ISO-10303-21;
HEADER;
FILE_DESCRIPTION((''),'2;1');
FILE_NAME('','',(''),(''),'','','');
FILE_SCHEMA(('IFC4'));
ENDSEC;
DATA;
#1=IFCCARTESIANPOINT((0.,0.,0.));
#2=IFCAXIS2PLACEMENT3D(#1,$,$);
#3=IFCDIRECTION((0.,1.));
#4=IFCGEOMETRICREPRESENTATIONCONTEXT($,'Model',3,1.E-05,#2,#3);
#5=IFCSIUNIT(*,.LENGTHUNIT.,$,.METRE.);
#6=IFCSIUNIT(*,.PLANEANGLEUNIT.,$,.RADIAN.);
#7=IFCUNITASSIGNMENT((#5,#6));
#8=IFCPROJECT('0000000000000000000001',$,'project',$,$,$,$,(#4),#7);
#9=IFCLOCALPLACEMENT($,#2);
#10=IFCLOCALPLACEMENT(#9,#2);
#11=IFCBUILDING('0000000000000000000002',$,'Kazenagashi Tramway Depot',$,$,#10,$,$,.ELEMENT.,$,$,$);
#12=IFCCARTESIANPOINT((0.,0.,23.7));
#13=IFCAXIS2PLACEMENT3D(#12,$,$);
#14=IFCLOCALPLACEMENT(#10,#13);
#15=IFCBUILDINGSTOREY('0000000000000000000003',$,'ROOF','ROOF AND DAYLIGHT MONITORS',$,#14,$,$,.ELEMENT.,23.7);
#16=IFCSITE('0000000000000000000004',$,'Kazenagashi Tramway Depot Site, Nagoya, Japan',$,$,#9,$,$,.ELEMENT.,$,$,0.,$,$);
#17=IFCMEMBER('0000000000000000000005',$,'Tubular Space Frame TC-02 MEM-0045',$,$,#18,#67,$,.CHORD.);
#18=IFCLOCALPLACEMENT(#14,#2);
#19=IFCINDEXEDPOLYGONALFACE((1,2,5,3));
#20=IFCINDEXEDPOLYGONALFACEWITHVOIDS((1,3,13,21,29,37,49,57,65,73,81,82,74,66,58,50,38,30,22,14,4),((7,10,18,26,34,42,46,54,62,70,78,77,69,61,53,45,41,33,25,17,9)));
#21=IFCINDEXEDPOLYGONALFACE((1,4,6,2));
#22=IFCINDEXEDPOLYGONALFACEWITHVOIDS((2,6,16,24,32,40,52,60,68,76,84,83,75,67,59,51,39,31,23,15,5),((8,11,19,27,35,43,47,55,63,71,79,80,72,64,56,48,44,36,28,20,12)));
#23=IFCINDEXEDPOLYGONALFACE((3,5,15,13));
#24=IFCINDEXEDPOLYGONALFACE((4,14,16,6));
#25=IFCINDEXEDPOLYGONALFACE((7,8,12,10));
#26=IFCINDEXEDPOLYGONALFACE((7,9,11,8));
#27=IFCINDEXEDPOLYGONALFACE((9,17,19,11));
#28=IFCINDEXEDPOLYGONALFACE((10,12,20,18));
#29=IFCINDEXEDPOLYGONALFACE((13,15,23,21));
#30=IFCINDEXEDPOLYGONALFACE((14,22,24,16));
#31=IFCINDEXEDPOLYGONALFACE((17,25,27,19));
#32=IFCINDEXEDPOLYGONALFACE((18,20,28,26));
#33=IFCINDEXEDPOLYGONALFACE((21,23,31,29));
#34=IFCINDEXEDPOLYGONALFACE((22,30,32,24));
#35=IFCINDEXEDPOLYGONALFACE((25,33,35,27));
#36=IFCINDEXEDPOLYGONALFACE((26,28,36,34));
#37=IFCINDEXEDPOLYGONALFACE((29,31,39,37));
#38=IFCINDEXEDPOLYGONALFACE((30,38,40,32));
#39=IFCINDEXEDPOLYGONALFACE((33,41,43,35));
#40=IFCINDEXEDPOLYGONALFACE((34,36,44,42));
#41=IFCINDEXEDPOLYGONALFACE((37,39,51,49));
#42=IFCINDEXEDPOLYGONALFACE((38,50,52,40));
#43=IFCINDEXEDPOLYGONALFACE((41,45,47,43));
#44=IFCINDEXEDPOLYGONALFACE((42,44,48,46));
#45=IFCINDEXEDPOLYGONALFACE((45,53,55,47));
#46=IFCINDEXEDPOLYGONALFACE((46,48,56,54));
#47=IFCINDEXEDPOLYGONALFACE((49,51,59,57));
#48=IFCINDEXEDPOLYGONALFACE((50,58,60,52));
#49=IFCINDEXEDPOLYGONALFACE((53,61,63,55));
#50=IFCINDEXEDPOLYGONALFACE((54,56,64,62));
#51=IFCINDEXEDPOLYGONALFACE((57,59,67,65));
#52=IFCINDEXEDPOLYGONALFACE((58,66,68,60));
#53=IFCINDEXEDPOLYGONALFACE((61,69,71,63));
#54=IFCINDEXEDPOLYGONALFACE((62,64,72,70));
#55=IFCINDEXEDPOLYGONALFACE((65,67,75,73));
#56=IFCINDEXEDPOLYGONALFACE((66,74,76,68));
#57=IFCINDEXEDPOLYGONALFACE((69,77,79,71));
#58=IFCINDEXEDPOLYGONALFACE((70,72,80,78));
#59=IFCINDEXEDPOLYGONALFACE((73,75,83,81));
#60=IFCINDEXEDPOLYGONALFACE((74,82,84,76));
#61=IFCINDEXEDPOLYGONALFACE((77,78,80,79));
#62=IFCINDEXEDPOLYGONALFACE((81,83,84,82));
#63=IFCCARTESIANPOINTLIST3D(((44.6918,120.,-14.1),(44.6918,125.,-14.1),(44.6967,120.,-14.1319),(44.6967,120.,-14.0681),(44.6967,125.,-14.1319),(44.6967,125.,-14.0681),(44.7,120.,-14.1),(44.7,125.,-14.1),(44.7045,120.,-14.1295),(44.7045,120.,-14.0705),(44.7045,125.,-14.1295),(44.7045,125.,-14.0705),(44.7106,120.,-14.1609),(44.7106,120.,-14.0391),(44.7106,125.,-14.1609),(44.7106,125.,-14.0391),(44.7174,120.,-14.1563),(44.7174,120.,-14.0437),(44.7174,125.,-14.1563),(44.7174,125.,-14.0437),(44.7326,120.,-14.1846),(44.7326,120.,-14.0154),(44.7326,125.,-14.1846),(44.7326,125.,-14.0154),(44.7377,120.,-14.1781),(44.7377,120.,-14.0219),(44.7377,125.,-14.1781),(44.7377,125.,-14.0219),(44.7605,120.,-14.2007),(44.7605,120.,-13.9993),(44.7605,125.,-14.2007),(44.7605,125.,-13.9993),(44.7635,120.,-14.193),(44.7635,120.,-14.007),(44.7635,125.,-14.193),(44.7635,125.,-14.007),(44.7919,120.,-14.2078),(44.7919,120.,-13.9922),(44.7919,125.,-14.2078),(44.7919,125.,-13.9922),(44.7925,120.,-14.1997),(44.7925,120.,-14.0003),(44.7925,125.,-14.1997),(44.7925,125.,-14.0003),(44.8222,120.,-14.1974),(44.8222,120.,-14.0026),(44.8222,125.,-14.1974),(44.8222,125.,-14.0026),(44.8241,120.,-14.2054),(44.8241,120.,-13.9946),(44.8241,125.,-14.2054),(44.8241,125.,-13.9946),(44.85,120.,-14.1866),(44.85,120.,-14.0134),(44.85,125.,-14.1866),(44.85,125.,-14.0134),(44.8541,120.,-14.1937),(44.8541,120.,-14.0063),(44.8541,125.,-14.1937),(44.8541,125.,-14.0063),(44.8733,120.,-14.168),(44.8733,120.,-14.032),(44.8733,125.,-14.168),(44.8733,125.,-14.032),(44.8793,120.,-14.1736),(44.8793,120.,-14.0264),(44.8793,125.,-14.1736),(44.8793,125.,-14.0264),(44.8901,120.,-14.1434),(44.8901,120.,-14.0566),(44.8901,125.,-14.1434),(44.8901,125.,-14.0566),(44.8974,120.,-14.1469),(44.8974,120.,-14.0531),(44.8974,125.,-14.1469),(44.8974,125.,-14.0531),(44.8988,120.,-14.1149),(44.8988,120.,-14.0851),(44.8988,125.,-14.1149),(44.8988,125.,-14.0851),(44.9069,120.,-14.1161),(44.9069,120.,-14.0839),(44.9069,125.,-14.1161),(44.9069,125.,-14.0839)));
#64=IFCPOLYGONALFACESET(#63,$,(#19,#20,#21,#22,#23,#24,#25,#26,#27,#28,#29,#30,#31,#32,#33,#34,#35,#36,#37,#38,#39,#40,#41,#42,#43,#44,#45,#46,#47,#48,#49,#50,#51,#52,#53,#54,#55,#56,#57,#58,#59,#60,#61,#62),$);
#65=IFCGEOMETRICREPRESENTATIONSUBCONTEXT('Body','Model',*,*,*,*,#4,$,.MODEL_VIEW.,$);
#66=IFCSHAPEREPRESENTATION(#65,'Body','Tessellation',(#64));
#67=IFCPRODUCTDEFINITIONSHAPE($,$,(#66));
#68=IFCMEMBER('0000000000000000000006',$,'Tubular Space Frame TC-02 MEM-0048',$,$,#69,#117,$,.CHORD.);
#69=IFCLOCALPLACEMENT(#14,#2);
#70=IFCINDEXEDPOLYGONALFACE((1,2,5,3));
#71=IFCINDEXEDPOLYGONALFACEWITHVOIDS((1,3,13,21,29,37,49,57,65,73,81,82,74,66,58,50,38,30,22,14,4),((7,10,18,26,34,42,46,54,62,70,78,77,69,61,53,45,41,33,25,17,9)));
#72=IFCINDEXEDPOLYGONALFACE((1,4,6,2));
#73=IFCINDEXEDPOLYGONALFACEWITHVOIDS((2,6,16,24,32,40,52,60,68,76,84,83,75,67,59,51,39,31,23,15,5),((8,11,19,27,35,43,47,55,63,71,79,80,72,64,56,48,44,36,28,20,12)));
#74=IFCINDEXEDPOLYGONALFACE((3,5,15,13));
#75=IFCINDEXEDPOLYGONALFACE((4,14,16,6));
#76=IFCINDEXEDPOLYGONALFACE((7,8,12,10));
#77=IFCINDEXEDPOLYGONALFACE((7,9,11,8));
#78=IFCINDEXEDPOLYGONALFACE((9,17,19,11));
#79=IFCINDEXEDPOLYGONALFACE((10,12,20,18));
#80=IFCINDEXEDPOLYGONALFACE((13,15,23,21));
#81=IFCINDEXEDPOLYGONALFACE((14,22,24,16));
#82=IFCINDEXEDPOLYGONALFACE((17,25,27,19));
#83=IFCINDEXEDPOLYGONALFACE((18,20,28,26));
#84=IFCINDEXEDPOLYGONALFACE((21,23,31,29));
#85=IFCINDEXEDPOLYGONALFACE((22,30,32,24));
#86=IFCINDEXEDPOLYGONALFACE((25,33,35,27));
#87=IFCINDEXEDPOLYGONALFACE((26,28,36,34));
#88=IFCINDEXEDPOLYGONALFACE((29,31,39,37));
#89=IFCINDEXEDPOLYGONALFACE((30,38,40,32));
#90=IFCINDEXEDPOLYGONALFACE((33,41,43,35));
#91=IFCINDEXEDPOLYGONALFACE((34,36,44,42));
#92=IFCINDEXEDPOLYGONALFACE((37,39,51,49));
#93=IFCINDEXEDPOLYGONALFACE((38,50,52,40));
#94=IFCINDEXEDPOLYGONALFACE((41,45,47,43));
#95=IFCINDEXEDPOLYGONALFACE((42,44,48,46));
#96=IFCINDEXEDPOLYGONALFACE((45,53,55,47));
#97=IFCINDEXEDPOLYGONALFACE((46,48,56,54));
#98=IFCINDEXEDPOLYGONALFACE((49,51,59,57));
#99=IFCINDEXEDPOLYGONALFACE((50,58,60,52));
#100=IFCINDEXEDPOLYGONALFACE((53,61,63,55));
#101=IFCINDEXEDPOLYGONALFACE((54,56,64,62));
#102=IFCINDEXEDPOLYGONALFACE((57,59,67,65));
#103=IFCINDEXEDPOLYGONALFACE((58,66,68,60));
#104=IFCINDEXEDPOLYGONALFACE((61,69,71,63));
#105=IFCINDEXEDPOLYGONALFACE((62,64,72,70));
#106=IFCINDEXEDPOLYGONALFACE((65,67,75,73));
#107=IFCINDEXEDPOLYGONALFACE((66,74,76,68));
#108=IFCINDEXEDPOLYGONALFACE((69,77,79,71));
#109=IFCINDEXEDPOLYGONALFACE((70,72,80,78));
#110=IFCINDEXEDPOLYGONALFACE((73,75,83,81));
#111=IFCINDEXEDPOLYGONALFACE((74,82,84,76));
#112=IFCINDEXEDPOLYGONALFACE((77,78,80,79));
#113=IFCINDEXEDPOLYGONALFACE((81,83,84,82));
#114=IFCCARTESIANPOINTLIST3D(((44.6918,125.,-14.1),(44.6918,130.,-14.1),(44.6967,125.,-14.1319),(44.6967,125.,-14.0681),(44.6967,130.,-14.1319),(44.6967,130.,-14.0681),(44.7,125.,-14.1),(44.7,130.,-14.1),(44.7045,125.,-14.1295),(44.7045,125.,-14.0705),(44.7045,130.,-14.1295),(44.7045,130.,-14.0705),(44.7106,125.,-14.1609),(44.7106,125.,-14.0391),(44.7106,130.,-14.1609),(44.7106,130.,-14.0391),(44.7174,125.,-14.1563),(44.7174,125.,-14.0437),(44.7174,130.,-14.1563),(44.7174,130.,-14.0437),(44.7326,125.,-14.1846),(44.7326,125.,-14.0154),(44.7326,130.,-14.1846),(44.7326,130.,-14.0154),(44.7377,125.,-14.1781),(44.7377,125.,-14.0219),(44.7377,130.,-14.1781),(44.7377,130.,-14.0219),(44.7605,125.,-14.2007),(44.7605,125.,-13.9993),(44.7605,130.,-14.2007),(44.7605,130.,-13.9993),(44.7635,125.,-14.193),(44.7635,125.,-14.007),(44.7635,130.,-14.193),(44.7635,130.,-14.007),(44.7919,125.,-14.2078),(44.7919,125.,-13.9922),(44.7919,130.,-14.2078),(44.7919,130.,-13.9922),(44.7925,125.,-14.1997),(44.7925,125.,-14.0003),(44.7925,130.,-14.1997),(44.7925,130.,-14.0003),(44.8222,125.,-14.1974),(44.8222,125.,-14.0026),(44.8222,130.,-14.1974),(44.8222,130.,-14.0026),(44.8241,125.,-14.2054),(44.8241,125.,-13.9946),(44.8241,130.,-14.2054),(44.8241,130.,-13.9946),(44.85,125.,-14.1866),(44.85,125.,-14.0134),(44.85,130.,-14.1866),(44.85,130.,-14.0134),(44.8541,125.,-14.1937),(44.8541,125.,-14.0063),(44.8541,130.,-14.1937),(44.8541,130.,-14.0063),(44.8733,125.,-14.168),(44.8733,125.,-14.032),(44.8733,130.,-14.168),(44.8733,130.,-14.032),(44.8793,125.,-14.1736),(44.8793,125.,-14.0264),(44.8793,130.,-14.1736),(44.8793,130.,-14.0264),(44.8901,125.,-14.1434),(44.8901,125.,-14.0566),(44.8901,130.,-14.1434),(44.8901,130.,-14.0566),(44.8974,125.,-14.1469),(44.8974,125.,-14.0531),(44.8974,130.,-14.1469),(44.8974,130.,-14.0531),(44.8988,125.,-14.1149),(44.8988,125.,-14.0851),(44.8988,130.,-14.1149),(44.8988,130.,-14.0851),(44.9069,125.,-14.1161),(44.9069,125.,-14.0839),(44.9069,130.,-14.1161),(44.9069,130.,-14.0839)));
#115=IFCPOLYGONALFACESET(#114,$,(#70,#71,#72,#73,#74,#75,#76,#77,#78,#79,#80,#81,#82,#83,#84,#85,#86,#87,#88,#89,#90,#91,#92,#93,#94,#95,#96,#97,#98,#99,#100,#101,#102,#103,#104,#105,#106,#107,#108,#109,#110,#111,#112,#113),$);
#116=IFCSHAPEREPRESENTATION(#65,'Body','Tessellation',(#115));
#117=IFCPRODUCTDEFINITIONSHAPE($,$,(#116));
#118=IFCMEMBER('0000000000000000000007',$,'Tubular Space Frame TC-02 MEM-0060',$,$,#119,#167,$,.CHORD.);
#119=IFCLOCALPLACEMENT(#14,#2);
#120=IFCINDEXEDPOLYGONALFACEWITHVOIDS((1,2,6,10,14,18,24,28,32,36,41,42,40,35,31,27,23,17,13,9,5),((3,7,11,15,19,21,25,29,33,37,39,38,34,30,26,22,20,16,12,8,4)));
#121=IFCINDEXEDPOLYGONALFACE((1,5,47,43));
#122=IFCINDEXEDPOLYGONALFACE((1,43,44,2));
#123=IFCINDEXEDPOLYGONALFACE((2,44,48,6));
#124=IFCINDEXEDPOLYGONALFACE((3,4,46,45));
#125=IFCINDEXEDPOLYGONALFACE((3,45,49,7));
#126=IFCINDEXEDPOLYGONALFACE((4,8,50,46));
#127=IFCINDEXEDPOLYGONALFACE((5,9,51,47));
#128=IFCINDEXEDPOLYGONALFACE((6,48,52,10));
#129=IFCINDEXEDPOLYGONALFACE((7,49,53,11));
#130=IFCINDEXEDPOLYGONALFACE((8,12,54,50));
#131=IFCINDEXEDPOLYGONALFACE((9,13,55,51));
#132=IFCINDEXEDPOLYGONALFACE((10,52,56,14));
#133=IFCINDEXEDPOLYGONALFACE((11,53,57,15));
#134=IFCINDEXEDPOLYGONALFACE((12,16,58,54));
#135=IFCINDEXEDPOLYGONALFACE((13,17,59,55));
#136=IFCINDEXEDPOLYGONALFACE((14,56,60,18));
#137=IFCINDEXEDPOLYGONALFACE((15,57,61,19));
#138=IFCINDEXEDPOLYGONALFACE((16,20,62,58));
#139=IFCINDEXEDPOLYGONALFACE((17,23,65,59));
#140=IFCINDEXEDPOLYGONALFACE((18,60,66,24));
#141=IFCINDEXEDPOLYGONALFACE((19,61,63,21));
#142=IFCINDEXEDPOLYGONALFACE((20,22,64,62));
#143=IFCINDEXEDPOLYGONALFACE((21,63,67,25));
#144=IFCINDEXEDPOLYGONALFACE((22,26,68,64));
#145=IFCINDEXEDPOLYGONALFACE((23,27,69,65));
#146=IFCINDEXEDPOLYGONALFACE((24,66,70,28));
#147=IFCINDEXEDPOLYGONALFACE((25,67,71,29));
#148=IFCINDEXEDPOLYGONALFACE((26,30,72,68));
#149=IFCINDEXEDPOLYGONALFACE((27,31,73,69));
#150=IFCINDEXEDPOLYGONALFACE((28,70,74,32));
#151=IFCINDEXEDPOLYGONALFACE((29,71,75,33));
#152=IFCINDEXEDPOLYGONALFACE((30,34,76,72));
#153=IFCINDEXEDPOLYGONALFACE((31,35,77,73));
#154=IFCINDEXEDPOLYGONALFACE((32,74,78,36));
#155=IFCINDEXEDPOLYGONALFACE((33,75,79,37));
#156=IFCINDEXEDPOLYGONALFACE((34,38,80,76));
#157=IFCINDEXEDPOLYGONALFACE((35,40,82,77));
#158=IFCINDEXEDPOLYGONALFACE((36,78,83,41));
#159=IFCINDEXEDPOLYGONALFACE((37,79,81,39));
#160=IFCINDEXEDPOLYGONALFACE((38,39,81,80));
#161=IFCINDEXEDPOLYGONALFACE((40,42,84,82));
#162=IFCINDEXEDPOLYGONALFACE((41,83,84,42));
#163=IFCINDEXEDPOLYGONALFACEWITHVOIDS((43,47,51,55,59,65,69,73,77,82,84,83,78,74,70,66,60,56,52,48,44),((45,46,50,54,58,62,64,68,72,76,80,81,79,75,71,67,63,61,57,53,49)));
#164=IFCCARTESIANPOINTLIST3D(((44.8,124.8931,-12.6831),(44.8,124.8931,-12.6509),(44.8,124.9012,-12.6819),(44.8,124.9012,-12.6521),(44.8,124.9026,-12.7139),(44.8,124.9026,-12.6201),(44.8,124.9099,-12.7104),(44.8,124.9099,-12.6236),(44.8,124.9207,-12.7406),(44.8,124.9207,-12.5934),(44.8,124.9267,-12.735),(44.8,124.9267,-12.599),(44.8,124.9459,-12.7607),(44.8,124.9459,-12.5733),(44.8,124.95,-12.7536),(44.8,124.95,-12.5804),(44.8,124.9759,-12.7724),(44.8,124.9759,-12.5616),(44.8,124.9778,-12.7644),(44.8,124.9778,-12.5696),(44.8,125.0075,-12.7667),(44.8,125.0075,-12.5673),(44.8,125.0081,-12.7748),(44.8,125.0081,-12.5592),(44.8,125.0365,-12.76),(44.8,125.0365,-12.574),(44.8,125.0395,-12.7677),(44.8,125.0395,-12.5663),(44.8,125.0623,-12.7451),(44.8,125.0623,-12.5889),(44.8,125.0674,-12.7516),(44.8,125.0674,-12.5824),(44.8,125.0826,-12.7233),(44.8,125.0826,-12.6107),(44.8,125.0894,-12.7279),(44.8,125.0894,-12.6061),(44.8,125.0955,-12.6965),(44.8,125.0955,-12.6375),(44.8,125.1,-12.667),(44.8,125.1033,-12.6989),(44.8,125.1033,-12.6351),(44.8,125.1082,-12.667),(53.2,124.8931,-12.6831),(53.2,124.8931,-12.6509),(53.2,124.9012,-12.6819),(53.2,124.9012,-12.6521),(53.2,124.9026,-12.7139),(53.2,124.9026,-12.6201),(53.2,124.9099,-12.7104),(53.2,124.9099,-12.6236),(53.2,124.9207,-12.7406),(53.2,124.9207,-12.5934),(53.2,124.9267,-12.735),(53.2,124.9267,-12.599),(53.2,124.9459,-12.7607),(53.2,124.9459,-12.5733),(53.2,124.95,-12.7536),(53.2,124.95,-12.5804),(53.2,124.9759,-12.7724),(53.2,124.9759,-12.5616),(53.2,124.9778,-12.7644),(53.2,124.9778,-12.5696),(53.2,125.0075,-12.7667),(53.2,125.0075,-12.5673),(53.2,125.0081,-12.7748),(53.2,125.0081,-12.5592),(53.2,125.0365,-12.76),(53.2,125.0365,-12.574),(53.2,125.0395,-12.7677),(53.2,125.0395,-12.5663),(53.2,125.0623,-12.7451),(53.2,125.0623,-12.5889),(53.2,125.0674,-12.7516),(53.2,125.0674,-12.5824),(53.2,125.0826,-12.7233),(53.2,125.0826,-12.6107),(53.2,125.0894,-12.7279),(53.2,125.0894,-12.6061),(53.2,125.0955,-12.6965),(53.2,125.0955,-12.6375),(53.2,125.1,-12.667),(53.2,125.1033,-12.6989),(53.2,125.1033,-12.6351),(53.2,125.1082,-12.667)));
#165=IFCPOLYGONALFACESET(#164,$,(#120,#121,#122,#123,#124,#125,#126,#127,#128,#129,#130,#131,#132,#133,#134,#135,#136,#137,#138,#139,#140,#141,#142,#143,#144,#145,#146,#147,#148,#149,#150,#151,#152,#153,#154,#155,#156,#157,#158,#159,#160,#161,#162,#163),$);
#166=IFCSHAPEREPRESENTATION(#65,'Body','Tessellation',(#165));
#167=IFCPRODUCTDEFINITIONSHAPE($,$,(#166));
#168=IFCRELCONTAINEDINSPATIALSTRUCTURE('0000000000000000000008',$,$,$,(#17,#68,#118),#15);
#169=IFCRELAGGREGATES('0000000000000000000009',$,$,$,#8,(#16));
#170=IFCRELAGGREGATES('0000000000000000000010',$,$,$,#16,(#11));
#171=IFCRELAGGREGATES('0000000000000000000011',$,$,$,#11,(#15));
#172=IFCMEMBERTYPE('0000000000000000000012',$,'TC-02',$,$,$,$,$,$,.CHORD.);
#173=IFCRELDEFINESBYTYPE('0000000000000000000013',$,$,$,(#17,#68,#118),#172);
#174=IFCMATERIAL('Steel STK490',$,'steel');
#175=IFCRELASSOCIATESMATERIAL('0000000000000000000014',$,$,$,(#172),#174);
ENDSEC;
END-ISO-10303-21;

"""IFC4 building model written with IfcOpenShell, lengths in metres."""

from ifc_helpers import new_model, si_unit, direction, frame, origin, origin_2d, place, context, subcontext, project, spatial, hollow_circle, extrude, material, material_profile, profile_set, type_object, element, save


model = new_model("IFC4")

# Units and contexts
model_context = context("Model", 3, precision=1e-05, world=origin(), true_north=direction((0.0, 1.0)))
body_context = subcontext(model_context, "Body", "Model", "MODEL_VIEW")
ifc_project = project(units=[si_unit("LENGTHUNIT", "METRE"), si_unit("PLANEANGLEUNIT", "RADIAN")], contexts=[model_context])

# Site, building, storey
site_placement = place(None, origin())
site = spatial("IfcSite", under=ifc_project, at=site_placement, Name="Kazenagashi Tramway Depot Site, Nagoya, Japan", CompositionType="ELEMENT", RefElevation=0.0)
building_placement = place(site_placement, origin())
building = spatial("IfcBuilding", under=site, at=building_placement, Name="Kazenagashi Tramway Depot", CompositionType="ELEMENT")
storey_placement = place(building_placement, frame((0.0, 0.0, 23.7)))
storey = spatial("IfcBuildingStorey", under=building, at=storey_placement, Name="ROOF", Description="ROOF AND DAYLIGHT MONITORS", CompositionType="ELEMENT", Elevation=23.7)

# Members
ifc_material_1 = material(Name="Steel STK490", Category="steel")
ifc_material_profile_1 = material_profile(ifc_material_1, hollow_circle(Radius=0.1081, WallThickness=0.0082, at=origin_2d()), Name="CHS-216.3x8.2")
ifc_profile_set_1 = profile_set([ifc_material_profile_1], Name="Steel STK490")
member_type_1 = type_object("IfcMemberType", Name="TC-02", PredefinedType="CHORD", material=ifc_profile_set_1)
for number, where, z_axis, x_axis, name in (
    (1, (44.8, 120.0, -14.1), (0.0, 1.0, 0.0), (-1.0, 0.0, 0.0), "Tubular Space Frame TC-02 MEM-0045"),
    (2, (44.8, 125.0, -14.1), (0.0, 1.0, 0.0), (-1.0, 0.0, 0.0), "Tubular Space Frame TC-02 MEM-0048"),
):
    element("IfcMember", number, at=place(storey_placement, frame(where, z_axis=z_axis, x_axis=x_axis)), inside=storey, type_object=member_type_1, Name=name, PredefinedType="CHORD", context=body_context, shape_type="SweptSolid", body=[
        extrude(hollow_circle(Radius=0.1081, WallThickness=0.0082, at=origin_2d()), origin(), (0.0, 0.0, 1.0), 5.0),
    ])
member_1_placement = place(storey_placement, frame((44.8, 125.0, -12.667), z_axis=(1.0, 0.0, 0.0), x_axis=(0.0, 1.0, 0.0)))
element("IfcMember", 3, at=member_1_placement, inside=storey, type_object=member_type_1, Name="Tubular Space Frame TC-02 MEM-0060", PredefinedType="CHORD", context=body_context, shape_type="SweptSolid", body=[
    extrude(hollow_circle(Radius=0.1081, WallThickness=0.0082, at=origin_2d()), origin(), (0.0, 0.0, 1.0), 8.4),
])

save(model, "model.ifc")
